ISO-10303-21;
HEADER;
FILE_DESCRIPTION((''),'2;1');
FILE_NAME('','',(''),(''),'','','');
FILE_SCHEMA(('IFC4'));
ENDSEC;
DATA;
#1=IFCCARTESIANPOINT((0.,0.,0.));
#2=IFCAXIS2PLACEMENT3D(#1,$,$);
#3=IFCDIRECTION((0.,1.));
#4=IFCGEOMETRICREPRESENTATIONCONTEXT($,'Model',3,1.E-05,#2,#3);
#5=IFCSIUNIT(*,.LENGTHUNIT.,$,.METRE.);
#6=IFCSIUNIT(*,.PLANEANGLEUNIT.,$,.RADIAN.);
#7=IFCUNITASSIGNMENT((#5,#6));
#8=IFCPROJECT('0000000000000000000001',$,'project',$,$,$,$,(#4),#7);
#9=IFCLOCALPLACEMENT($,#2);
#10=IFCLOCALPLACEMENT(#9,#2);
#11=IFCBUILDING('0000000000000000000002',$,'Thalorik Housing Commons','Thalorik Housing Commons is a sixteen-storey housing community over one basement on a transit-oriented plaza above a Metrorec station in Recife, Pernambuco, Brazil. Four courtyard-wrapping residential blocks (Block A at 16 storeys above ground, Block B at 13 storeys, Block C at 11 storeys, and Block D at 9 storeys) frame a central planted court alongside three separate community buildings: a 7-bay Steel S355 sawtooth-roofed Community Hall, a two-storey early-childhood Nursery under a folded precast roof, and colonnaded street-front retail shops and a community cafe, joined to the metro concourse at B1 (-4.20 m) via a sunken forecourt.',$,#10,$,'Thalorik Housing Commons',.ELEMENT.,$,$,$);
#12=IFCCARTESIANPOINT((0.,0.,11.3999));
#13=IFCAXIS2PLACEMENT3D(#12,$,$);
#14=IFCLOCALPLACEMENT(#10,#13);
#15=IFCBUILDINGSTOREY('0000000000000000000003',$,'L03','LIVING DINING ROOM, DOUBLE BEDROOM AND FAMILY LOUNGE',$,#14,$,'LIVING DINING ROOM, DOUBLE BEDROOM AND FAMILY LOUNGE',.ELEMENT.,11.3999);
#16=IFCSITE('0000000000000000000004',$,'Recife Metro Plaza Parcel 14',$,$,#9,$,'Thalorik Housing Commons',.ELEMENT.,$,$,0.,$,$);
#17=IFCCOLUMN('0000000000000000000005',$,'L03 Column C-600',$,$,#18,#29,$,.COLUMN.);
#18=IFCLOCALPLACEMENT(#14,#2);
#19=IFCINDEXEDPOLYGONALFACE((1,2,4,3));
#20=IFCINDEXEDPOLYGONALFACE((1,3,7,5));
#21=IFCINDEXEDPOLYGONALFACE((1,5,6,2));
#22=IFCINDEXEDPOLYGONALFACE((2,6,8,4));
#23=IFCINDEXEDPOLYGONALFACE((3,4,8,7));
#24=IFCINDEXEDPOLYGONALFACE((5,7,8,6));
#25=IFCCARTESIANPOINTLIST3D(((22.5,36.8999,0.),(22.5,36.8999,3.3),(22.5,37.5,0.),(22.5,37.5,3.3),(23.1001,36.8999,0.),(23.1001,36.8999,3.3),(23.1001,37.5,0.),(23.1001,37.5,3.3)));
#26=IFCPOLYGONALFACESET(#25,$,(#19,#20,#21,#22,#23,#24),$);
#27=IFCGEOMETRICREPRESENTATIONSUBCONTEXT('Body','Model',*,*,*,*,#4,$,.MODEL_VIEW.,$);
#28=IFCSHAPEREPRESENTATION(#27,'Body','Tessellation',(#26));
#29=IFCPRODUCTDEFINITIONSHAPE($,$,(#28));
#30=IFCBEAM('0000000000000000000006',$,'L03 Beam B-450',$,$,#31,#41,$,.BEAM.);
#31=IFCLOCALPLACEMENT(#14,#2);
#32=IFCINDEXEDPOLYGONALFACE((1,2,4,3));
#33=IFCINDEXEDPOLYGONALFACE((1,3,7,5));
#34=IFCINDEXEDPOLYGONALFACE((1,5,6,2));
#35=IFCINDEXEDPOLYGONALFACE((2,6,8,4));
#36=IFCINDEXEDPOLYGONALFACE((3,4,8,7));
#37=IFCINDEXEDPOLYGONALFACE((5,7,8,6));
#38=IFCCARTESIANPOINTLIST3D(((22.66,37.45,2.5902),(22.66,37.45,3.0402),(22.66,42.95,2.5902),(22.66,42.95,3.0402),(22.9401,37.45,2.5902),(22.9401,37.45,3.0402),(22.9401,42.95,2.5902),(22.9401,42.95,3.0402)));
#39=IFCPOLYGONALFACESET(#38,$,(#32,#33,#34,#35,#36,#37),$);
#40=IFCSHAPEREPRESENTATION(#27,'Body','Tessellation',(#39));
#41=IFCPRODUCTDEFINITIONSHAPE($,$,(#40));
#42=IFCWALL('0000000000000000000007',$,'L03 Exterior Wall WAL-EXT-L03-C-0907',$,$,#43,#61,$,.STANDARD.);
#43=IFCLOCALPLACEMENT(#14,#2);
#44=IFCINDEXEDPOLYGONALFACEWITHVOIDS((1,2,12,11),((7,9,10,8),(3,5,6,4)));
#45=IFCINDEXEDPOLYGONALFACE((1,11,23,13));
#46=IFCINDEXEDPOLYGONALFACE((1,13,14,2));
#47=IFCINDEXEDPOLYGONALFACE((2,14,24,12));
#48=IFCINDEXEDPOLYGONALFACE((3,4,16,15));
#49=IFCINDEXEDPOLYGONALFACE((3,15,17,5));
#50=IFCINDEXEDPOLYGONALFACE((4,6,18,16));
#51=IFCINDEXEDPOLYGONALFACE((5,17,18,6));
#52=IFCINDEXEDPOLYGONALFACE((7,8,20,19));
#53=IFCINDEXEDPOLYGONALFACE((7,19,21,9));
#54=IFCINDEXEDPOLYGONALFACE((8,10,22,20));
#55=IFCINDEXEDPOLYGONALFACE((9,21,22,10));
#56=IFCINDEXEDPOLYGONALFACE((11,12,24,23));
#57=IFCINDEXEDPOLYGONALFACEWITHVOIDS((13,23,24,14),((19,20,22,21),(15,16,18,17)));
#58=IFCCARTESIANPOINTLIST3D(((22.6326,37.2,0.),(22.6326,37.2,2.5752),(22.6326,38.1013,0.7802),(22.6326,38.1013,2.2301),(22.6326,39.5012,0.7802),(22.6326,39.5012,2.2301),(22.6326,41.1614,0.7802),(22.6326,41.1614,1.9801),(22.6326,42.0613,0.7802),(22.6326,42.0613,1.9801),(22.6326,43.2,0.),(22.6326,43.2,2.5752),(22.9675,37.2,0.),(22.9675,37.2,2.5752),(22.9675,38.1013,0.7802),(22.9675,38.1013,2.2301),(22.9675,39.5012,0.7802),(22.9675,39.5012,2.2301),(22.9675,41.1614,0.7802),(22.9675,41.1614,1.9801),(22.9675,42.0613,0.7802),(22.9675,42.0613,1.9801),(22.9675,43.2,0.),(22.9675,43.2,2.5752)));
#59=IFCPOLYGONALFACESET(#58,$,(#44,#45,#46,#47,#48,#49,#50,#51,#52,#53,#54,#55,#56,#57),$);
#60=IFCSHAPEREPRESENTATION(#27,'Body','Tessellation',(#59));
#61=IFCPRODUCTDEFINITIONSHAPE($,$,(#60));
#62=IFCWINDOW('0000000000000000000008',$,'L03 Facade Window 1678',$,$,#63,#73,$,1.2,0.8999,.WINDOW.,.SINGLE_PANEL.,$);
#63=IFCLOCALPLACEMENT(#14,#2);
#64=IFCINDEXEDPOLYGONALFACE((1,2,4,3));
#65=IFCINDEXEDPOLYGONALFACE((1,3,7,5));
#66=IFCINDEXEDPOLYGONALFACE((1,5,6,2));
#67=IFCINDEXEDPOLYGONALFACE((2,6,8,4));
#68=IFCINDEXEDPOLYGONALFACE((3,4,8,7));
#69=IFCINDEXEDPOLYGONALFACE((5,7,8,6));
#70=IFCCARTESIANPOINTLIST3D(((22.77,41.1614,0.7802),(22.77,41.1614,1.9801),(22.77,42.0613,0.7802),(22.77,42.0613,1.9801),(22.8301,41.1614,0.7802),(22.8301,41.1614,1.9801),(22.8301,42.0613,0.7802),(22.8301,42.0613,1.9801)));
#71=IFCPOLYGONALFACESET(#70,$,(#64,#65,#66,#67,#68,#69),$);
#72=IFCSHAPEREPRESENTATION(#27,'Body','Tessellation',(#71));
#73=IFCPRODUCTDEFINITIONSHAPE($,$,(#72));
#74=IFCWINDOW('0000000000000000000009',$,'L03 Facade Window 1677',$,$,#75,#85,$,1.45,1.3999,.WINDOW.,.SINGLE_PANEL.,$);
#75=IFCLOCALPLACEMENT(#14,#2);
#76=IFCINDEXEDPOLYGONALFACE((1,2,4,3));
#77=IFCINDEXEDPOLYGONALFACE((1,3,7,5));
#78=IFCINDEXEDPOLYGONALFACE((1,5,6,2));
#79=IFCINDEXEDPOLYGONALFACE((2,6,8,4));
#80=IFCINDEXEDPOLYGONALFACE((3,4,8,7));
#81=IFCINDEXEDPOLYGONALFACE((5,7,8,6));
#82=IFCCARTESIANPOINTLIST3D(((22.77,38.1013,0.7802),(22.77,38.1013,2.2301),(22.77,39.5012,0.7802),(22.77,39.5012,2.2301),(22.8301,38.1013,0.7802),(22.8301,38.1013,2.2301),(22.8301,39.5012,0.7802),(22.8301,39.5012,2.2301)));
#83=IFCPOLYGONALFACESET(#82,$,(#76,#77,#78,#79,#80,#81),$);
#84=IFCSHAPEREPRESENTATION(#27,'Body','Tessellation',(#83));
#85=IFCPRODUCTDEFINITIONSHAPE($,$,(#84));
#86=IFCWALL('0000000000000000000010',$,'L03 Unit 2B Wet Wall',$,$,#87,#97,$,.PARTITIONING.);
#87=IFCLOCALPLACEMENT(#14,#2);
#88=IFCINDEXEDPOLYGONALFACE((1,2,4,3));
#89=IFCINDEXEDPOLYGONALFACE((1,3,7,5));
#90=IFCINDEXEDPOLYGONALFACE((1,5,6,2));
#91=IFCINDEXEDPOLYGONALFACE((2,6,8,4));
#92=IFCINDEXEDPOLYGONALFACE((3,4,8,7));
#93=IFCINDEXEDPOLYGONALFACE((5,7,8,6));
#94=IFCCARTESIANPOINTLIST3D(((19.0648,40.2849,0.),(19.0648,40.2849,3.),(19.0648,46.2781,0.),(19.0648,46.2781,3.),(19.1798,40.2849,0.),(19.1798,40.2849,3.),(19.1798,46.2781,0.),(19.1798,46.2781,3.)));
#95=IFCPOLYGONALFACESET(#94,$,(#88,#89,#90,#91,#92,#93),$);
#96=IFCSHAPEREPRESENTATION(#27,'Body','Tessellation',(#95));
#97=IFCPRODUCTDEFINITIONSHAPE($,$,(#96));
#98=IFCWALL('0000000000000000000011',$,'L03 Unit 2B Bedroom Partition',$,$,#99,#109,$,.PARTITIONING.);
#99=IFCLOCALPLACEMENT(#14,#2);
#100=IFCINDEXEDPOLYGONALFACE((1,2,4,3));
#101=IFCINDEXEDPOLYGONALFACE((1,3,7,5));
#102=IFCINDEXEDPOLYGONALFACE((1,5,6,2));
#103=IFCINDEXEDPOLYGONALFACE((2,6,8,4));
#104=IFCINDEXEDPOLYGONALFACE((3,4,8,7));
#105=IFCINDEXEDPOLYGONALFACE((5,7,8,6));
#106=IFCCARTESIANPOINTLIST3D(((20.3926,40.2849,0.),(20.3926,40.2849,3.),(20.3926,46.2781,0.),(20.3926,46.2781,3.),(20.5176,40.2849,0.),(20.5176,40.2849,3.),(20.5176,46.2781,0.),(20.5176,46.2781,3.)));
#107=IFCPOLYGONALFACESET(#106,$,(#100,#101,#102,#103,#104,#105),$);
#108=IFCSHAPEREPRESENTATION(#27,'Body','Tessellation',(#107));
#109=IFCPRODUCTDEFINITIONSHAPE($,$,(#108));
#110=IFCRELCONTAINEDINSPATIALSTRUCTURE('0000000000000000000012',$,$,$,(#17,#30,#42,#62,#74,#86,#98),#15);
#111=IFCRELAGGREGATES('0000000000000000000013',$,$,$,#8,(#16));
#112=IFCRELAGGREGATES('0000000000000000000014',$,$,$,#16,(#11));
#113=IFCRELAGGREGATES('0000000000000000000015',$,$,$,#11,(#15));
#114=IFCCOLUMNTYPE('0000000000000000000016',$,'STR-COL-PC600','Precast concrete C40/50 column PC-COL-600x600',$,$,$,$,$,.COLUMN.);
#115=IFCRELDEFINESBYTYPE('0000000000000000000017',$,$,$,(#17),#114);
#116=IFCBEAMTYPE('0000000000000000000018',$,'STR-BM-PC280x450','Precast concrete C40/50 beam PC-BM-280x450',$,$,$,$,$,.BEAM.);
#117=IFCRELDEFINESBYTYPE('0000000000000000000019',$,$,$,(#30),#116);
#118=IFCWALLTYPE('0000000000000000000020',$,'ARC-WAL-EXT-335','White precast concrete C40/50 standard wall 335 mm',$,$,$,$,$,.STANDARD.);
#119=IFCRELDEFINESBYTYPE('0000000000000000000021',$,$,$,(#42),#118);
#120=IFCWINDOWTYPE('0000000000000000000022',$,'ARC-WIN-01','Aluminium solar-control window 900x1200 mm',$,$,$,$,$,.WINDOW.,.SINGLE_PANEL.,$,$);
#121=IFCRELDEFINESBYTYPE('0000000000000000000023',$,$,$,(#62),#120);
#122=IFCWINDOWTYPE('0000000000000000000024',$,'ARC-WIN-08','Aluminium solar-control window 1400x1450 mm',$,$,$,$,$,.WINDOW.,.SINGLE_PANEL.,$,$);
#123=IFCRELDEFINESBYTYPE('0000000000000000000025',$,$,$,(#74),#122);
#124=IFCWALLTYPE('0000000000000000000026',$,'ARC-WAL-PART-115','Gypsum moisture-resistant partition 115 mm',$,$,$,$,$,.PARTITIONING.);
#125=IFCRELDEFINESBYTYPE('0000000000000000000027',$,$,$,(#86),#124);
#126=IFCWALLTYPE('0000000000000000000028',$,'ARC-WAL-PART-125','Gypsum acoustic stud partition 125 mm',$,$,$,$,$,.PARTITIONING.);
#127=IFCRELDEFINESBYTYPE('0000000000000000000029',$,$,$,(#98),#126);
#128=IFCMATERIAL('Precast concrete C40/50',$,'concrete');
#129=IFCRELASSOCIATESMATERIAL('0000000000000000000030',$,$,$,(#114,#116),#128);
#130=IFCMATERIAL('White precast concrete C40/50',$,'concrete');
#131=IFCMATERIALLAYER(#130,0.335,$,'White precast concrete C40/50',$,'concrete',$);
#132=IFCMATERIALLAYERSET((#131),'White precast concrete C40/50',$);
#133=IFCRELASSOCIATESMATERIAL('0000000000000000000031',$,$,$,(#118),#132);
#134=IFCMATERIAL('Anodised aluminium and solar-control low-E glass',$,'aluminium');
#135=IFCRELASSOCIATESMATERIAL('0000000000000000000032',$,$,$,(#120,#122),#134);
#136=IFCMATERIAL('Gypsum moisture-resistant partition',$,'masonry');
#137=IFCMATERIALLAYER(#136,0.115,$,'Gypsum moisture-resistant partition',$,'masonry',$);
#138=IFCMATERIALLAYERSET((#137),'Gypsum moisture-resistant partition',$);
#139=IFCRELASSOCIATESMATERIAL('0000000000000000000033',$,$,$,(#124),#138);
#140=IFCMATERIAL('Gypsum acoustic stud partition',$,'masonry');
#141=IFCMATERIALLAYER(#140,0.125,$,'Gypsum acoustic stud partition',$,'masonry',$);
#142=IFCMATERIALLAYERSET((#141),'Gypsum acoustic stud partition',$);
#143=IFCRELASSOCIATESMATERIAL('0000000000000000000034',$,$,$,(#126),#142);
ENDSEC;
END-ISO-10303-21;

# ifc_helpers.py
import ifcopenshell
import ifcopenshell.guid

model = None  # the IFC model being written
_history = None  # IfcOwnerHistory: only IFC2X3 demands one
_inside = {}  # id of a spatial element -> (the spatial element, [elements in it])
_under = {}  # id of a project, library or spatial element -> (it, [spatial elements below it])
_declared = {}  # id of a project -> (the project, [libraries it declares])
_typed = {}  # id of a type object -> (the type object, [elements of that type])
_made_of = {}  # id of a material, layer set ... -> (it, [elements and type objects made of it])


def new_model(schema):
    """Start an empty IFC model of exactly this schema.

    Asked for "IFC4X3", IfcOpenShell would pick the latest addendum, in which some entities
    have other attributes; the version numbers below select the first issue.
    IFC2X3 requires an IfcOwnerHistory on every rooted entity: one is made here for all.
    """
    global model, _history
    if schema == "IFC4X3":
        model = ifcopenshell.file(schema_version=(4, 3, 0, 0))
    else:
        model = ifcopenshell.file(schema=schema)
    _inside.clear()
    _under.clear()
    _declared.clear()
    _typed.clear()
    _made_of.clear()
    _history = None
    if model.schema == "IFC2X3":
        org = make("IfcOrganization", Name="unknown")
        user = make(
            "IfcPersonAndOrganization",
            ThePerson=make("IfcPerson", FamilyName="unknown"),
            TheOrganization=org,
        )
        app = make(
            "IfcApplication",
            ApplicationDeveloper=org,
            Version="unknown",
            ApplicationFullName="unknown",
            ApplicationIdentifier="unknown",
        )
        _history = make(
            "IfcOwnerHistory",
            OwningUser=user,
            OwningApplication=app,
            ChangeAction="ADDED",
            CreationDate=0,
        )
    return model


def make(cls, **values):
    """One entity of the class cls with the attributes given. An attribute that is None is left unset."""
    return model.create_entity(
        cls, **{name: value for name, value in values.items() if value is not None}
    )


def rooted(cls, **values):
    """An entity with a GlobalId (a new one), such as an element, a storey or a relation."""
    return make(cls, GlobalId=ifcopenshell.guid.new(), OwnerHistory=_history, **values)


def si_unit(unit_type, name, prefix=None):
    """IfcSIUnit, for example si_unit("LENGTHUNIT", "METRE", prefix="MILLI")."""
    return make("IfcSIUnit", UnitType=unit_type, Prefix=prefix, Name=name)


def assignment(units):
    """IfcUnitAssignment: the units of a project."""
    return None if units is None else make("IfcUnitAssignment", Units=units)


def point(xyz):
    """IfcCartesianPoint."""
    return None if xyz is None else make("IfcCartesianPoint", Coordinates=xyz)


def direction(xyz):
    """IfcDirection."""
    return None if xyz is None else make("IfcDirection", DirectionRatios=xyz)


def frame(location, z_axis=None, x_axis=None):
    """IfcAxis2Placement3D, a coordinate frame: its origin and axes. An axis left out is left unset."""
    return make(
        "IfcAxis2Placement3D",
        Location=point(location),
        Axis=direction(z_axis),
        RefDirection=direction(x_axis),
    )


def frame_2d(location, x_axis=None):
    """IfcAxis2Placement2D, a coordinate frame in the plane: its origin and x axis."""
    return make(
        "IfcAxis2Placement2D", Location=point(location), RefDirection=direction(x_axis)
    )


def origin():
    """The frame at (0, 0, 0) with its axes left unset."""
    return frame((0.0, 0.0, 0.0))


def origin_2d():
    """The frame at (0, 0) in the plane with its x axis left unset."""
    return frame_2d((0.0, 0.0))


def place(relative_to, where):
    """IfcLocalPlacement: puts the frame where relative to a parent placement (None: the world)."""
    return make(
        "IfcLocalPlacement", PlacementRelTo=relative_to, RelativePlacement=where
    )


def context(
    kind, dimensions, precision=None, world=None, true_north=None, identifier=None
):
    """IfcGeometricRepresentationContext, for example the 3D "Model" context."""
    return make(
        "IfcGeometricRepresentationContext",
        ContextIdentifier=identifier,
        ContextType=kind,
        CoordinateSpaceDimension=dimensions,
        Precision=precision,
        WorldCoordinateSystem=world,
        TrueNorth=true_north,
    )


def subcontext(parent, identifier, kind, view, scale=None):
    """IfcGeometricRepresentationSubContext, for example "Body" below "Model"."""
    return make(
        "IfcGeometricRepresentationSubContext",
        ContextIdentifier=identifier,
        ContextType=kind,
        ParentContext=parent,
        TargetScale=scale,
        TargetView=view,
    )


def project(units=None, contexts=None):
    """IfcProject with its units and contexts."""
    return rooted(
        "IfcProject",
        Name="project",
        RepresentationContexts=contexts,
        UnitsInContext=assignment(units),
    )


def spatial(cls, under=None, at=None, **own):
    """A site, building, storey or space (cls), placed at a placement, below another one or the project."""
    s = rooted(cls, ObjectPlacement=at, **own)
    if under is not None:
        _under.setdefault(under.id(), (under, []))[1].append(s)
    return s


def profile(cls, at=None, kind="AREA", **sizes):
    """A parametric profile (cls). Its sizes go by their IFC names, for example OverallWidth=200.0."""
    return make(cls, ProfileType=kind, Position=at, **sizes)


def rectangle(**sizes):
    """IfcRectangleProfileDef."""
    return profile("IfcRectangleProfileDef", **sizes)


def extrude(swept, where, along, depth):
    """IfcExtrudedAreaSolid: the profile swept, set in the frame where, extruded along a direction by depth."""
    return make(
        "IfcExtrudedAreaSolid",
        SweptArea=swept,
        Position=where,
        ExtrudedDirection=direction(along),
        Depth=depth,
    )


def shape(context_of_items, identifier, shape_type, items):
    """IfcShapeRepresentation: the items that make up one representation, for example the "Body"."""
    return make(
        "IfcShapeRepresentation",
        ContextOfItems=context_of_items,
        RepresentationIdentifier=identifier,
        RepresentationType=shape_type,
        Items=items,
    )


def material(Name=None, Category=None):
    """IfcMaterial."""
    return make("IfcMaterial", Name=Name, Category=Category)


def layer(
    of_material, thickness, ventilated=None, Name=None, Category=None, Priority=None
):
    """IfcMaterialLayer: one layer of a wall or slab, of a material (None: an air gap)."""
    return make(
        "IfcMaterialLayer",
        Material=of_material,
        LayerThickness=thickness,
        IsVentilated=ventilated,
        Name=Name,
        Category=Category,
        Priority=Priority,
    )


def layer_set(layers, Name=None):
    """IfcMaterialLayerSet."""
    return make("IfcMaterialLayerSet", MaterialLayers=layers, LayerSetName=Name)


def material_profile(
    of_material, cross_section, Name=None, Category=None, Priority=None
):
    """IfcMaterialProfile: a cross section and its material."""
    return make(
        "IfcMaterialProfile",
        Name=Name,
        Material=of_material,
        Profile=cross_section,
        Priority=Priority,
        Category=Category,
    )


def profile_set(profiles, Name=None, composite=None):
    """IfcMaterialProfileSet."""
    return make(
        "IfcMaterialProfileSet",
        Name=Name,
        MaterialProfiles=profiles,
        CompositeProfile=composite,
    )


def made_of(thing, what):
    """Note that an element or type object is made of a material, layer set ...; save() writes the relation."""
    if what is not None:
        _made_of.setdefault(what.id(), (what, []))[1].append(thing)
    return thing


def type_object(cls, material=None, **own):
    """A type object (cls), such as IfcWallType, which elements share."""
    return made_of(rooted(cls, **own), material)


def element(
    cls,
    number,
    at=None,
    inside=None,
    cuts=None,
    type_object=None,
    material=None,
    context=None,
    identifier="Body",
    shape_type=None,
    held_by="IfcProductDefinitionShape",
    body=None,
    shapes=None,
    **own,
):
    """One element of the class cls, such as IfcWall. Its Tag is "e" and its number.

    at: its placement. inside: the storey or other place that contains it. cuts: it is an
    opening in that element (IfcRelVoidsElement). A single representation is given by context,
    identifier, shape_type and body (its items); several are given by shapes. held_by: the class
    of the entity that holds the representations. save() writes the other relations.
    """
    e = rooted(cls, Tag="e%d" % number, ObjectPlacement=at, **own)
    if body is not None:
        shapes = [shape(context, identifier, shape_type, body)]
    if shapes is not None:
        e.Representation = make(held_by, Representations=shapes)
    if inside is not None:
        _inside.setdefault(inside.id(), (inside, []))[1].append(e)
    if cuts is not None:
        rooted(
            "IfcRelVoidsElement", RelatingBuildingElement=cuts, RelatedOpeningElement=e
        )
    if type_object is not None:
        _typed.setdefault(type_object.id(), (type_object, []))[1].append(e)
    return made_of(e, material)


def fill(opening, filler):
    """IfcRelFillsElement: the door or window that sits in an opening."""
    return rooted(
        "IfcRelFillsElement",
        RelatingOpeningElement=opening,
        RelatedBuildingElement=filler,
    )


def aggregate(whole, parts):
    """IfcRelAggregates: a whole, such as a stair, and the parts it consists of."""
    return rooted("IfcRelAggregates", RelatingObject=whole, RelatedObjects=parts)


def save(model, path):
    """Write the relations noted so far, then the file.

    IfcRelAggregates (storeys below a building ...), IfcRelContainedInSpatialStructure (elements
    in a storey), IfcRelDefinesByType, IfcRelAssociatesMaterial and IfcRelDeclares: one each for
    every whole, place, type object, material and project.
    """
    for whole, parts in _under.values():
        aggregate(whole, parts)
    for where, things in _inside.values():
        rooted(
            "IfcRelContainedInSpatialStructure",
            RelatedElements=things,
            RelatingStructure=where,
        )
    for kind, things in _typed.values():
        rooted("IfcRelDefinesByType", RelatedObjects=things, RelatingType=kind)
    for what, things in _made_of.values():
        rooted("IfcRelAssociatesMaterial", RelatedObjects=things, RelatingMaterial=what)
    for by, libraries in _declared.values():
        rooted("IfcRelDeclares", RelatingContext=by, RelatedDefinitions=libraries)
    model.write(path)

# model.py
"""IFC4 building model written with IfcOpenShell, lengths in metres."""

from ifc_helpers import new_model, si_unit, direction, frame, frame_2d, origin, origin_2d, place, context, subcontext, project, spatial, rectangle, extrude, material, layer, layer_set, material_profile, profile_set, type_object, element, fill, save


model = new_model("IFC4")

# Units and contexts
model_context = context("Model", 3, precision=1e-05, world=origin(), true_north=direction((0.0, 1.0)))
body_context = subcontext(model_context, "Body", "Model", "MODEL_VIEW")
ifc_project = project(units=[si_unit("LENGTHUNIT", "METRE"), si_unit("PLANEANGLEUNIT", "RADIAN")], contexts=[model_context])

# Site, building, storey
site_placement = place(None, origin())
site = spatial("IfcSite", under=ifc_project, at=site_placement, Name="Recife Metro Plaza Parcel 14", LongName="Thalorik Housing Commons", CompositionType="ELEMENT", RefElevation=0.0)
building_placement = place(site_placement, origin())
building = spatial("IfcBuilding", under=site, at=building_placement, Name="Thalorik Housing Commons", Description="Thalorik Housing Commons is a sixteen-storey housing community over one basement on a transit-oriented plaza above a Metrorec station in Recife, Pernambuco, Brazil. Four courtyard-wrapping residential blocks (Block A at 16 storeys above ground, Block B at 13 storeys, Block C at 11 storeys, and Block D at 9 storeys) frame a central planted court alongside three separate community buildings: a 7-bay Steel S355 sawtooth-roofed Community Hall, a two-storey early-childhood Nursery under a folded precast roof, and colonnaded street-front retail shops and a community cafe, joined to the metro concourse at B1 (-4.20 m) via a sunken forecourt.", LongName="Thalorik Housing Commons", CompositionType="ELEMENT")
storey_placement = place(building_placement, frame((0.0, 0.0, 11.3999)))
storey = spatial("IfcBuildingStorey", under=building, at=storey_placement, Name="L03", Description="LIVING DINING ROOM, DOUBLE BEDROOM AND FAMILY LOUNGE", LongName="LIVING DINING ROOM, DOUBLE BEDROOM AND FAMILY LOUNGE", CompositionType="ELEMENT", Elevation=11.3999)

# Column
ifc_material_1 = material(Name="Precast concrete C40/50", Category="concrete")
ifc_material_profile_1 = material_profile(ifc_material_1, rectangle(XDim=0.6001, YDim=0.6001, at=origin_2d()), Name="PC 600x600", Category="concrete")
ifc_profile_set_1 = profile_set([ifc_material_profile_1], Name="Precast concrete C40/50")
column_type = type_object("IfcColumnType", Name="STR-COL-PC600", Description="Precast concrete C40/50 column PC-COL-600x600", PredefinedType="COLUMN", material=ifc_profile_set_1)
column_placement = place(storey_placement, frame((22.8, 37.2, 0.0), z_axis=(0.0, 0.0, 1.0), x_axis=(1.0, 0.0, 0.0)))
element("IfcColumn", 1, at=column_placement, inside=storey, type_object=column_type, Name="L03 Column C-600", PredefinedType="COLUMN", context=body_context, shape_type="SweptSolid", body=[
    extrude(rectangle(XDim=0.6001, YDim=0.6001, at=origin_2d()), origin(), (0.0, 0.0, 1.0), 3.3),
])

# Beam
ifc_material_profile_2 = material_profile(ifc_material_1, rectangle(XDim=0.28, YDim=0.45, at=origin_2d()), Name="PC 280x450", Category="concrete")
ifc_profile_set_2 = profile_set([ifc_material_profile_2], Name="Precast concrete C40/50")
beam_type = type_object("IfcBeamType", Name="STR-BM-PC280x450", Description="Precast concrete C40/50 beam PC-BM-280x450", PredefinedType="BEAM", material=ifc_profile_set_2)
beam_placement = place(storey_placement, frame((22.8, 37.45, 2.8152), z_axis=(0.0, 1.0, 0.0), x_axis=(-1.0, 0.0, 0.0)))
element("IfcBeam", 2, at=beam_placement, inside=storey, type_object=beam_type, Name="L03 Beam B-450", PredefinedType="BEAM", context=body_context, shape_type="SweptSolid", body=[
    extrude(rectangle(XDim=0.28, YDim=0.45, at=origin_2d()), origin(), (0.0, 0.0, 1.0), 5.5),
])

# Wall, openings, windows
ifc_material_2 = material(Name="White precast concrete C40/50", Category="concrete")
ifc_layer_1 = layer(ifc_material_2, 0.335, Name="White precast concrete C40/50", Category="concrete")
ifc_layer_set_1 = layer_set([ifc_layer_1], Name="White precast concrete C40/50")
wall_type_1 = type_object("IfcWallType", Name="ARC-WAL-EXT-335", Description="White precast concrete C40/50 standard wall 335 mm", PredefinedType="STANDARD", material=ifc_layer_set_1)
wall_1_placement = place(storey_placement, frame((22.8, 37.2, 0.0), z_axis=(0.0, 0.0, 1.0), x_axis=(0.0, 1.0, 0.0)))
wall_1 = element("IfcWall", 3, at=wall_1_placement, inside=storey, type_object=wall_type_1, Name="L03 Exterior Wall WAL-EXT-L03-C-0907", PredefinedType="STANDARD", context=body_context, shape_type="SweptSolid", body=[
    extrude(rectangle(XDim=6.0, YDim=0.335, at=frame_2d((3.0, 0.0))), origin(), (0.0, 0.0, 1.0), 2.5752),
])
opening_1_placement = place(wall_1_placement, frame((0.9014, 0.0, 0.78)))
opening_1 = element("IfcOpeningElement", 4, at=opening_1_placement, cuts=wall_1, PredefinedType="OPENING", context=body_context, shape_type="SweptSolid", body=[
    extrude(rectangle(XDim=1.3999, YDim=1.45, at=frame_2d((0.7, 0.7251))), frame((0.0, 0.1775, 0.0), z_axis=(0.0, -1.0, 0.0), x_axis=(1.0, 0.0, 0.0)), (0.0, 0.0, 1.0), 0.355),
])
opening_2_placement = place(wall_1_placement, frame((3.9614, 0.0, 0.78)))
opening_2 = element("IfcOpeningElement", 5, at=opening_2_placement, cuts=wall_1, PredefinedType="OPENING", context=body_context, shape_type="SweptSolid", body=[
    extrude(rectangle(XDim=0.8999, YDim=1.2, at=frame_2d((0.45, 0.6001))), frame((0.0, 0.1775, 0.0), z_axis=(0.0, -1.0, 0.0), x_axis=(1.0, 0.0, 0.0)), (0.0, 0.0, 1.0), 0.355),
])
ifc_material_3 = material(Name="Anodised aluminium and solar-control low-E glass", Category="aluminium")
window_type_1 = type_object("IfcWindowType", Name="ARC-WIN-01", Description="Aluminium solar-control window 900x1200 mm", PartitioningType="SINGLE_PANEL", PredefinedType="WINDOW", material=ifc_material_3)
window_1_placement = place(opening_2_placement, origin())
window_1 = element("IfcWindow", 6, at=window_1_placement, inside=storey, type_object=window_type_1, Name="L03 Facade Window 1678", OverallHeight=1.2, OverallWidth=0.8999, PartitioningType="SINGLE_PANEL", PredefinedType="WINDOW", context=body_context, shape_type="SweptSolid", body=[
    extrude(rectangle(XDim=0.8999, YDim=1.2, at=frame_2d((0.45, 0.6001))), frame((0.0, 0.03, 0.0), z_axis=(0.0, -1.0, 0.0), x_axis=(1.0, 0.0, 0.0)), (0.0, 0.0, 1.0), 0.0601),
])
fill(opening_2, window_1)
window_type_2 = type_object("IfcWindowType", Name="ARC-WIN-08", Description="Aluminium solar-control window 1400x1450 mm", PartitioningType="SINGLE_PANEL", PredefinedType="WINDOW", material=ifc_material_3)
window_2_placement = place(opening_1_placement, origin())
window_2 = element("IfcWindow", 7, at=window_2_placement, inside=storey, type_object=window_type_2, Name="L03 Facade Window 1677", OverallHeight=1.45, OverallWidth=1.3999, PartitioningType="SINGLE_PANEL", PredefinedType="WINDOW", context=body_context, shape_type="SweptSolid", body=[
    extrude(rectangle(XDim=1.3999, YDim=1.45, at=frame_2d((0.7, 0.7251))), frame((0.0, 0.03, 0.0), z_axis=(0.0, -1.0, 0.0), x_axis=(1.0, 0.0, 0.0)), (0.0, 0.0, 1.0), 0.0601),
])
fill(opening_1, window_2)

# Walls
ifc_material_4 = material(Name="Gypsum moisture-resistant partition", Category="masonry")
ifc_layer_2 = layer(ifc_material_4, 0.115, Name="Gypsum moisture-resistant partition", Category="masonry")
ifc_layer_set_2 = layer_set([ifc_layer_2], Name="Gypsum moisture-resistant partition")
wall_type_2 = type_object("IfcWallType", Name="ARC-WAL-PART-115", Description="Gypsum moisture-resistant partition 115 mm", PredefinedType="PARTITIONING", material=ifc_layer_set_2)
wall_2_placement = place(storey_placement, frame((19.1223, 40.2849, 0.0), z_axis=(0.0, 0.0, 1.0), x_axis=(0.0, 1.0, 0.0)))
element("IfcWall", 8, at=wall_2_placement, inside=storey, type_object=wall_type_2, Name="L03 Unit 2B Wet Wall", PredefinedType="PARTITIONING", context=body_context, shape_type="SweptSolid", body=[
    extrude(rectangle(XDim=5.9932, YDim=0.115, at=frame_2d((2.9966, 0.0))), origin(), (0.0, 0.0, 1.0), 3.0),
])
ifc_material_5 = material(Name="Gypsum acoustic stud partition", Category="masonry")
ifc_layer_3 = layer(ifc_material_5, 0.125, Name="Gypsum acoustic stud partition", Category="masonry")
ifc_layer_set_3 = layer_set([ifc_layer_3], Name="Gypsum acoustic stud partition")
wall_type_3 = type_object("IfcWallType", Name="ARC-WAL-PART-125", Description="Gypsum acoustic stud partition 125 mm", PredefinedType="PARTITIONING", material=ifc_layer_set_3)
wall_3_placement = place(storey_placement, frame((20.4551, 40.2849, 0.0), z_axis=(0.0, 0.0, 1.0), x_axis=(0.0, 1.0, 0.0)))
element("IfcWall", 9, at=wall_3_placement, inside=storey, type_object=wall_type_3, Name="L03 Unit 2B Bedroom Partition", PredefinedType="PARTITIONING", context=body_context, shape_type="SweptSolid", body=[
    extrude(rectangle(XDim=5.9932, YDim=0.125, at=frame_2d((2.9966, 0.0))), origin(), (0.0, 0.0, 1.0), 3.0),
])

save(model, "model.ifc")
